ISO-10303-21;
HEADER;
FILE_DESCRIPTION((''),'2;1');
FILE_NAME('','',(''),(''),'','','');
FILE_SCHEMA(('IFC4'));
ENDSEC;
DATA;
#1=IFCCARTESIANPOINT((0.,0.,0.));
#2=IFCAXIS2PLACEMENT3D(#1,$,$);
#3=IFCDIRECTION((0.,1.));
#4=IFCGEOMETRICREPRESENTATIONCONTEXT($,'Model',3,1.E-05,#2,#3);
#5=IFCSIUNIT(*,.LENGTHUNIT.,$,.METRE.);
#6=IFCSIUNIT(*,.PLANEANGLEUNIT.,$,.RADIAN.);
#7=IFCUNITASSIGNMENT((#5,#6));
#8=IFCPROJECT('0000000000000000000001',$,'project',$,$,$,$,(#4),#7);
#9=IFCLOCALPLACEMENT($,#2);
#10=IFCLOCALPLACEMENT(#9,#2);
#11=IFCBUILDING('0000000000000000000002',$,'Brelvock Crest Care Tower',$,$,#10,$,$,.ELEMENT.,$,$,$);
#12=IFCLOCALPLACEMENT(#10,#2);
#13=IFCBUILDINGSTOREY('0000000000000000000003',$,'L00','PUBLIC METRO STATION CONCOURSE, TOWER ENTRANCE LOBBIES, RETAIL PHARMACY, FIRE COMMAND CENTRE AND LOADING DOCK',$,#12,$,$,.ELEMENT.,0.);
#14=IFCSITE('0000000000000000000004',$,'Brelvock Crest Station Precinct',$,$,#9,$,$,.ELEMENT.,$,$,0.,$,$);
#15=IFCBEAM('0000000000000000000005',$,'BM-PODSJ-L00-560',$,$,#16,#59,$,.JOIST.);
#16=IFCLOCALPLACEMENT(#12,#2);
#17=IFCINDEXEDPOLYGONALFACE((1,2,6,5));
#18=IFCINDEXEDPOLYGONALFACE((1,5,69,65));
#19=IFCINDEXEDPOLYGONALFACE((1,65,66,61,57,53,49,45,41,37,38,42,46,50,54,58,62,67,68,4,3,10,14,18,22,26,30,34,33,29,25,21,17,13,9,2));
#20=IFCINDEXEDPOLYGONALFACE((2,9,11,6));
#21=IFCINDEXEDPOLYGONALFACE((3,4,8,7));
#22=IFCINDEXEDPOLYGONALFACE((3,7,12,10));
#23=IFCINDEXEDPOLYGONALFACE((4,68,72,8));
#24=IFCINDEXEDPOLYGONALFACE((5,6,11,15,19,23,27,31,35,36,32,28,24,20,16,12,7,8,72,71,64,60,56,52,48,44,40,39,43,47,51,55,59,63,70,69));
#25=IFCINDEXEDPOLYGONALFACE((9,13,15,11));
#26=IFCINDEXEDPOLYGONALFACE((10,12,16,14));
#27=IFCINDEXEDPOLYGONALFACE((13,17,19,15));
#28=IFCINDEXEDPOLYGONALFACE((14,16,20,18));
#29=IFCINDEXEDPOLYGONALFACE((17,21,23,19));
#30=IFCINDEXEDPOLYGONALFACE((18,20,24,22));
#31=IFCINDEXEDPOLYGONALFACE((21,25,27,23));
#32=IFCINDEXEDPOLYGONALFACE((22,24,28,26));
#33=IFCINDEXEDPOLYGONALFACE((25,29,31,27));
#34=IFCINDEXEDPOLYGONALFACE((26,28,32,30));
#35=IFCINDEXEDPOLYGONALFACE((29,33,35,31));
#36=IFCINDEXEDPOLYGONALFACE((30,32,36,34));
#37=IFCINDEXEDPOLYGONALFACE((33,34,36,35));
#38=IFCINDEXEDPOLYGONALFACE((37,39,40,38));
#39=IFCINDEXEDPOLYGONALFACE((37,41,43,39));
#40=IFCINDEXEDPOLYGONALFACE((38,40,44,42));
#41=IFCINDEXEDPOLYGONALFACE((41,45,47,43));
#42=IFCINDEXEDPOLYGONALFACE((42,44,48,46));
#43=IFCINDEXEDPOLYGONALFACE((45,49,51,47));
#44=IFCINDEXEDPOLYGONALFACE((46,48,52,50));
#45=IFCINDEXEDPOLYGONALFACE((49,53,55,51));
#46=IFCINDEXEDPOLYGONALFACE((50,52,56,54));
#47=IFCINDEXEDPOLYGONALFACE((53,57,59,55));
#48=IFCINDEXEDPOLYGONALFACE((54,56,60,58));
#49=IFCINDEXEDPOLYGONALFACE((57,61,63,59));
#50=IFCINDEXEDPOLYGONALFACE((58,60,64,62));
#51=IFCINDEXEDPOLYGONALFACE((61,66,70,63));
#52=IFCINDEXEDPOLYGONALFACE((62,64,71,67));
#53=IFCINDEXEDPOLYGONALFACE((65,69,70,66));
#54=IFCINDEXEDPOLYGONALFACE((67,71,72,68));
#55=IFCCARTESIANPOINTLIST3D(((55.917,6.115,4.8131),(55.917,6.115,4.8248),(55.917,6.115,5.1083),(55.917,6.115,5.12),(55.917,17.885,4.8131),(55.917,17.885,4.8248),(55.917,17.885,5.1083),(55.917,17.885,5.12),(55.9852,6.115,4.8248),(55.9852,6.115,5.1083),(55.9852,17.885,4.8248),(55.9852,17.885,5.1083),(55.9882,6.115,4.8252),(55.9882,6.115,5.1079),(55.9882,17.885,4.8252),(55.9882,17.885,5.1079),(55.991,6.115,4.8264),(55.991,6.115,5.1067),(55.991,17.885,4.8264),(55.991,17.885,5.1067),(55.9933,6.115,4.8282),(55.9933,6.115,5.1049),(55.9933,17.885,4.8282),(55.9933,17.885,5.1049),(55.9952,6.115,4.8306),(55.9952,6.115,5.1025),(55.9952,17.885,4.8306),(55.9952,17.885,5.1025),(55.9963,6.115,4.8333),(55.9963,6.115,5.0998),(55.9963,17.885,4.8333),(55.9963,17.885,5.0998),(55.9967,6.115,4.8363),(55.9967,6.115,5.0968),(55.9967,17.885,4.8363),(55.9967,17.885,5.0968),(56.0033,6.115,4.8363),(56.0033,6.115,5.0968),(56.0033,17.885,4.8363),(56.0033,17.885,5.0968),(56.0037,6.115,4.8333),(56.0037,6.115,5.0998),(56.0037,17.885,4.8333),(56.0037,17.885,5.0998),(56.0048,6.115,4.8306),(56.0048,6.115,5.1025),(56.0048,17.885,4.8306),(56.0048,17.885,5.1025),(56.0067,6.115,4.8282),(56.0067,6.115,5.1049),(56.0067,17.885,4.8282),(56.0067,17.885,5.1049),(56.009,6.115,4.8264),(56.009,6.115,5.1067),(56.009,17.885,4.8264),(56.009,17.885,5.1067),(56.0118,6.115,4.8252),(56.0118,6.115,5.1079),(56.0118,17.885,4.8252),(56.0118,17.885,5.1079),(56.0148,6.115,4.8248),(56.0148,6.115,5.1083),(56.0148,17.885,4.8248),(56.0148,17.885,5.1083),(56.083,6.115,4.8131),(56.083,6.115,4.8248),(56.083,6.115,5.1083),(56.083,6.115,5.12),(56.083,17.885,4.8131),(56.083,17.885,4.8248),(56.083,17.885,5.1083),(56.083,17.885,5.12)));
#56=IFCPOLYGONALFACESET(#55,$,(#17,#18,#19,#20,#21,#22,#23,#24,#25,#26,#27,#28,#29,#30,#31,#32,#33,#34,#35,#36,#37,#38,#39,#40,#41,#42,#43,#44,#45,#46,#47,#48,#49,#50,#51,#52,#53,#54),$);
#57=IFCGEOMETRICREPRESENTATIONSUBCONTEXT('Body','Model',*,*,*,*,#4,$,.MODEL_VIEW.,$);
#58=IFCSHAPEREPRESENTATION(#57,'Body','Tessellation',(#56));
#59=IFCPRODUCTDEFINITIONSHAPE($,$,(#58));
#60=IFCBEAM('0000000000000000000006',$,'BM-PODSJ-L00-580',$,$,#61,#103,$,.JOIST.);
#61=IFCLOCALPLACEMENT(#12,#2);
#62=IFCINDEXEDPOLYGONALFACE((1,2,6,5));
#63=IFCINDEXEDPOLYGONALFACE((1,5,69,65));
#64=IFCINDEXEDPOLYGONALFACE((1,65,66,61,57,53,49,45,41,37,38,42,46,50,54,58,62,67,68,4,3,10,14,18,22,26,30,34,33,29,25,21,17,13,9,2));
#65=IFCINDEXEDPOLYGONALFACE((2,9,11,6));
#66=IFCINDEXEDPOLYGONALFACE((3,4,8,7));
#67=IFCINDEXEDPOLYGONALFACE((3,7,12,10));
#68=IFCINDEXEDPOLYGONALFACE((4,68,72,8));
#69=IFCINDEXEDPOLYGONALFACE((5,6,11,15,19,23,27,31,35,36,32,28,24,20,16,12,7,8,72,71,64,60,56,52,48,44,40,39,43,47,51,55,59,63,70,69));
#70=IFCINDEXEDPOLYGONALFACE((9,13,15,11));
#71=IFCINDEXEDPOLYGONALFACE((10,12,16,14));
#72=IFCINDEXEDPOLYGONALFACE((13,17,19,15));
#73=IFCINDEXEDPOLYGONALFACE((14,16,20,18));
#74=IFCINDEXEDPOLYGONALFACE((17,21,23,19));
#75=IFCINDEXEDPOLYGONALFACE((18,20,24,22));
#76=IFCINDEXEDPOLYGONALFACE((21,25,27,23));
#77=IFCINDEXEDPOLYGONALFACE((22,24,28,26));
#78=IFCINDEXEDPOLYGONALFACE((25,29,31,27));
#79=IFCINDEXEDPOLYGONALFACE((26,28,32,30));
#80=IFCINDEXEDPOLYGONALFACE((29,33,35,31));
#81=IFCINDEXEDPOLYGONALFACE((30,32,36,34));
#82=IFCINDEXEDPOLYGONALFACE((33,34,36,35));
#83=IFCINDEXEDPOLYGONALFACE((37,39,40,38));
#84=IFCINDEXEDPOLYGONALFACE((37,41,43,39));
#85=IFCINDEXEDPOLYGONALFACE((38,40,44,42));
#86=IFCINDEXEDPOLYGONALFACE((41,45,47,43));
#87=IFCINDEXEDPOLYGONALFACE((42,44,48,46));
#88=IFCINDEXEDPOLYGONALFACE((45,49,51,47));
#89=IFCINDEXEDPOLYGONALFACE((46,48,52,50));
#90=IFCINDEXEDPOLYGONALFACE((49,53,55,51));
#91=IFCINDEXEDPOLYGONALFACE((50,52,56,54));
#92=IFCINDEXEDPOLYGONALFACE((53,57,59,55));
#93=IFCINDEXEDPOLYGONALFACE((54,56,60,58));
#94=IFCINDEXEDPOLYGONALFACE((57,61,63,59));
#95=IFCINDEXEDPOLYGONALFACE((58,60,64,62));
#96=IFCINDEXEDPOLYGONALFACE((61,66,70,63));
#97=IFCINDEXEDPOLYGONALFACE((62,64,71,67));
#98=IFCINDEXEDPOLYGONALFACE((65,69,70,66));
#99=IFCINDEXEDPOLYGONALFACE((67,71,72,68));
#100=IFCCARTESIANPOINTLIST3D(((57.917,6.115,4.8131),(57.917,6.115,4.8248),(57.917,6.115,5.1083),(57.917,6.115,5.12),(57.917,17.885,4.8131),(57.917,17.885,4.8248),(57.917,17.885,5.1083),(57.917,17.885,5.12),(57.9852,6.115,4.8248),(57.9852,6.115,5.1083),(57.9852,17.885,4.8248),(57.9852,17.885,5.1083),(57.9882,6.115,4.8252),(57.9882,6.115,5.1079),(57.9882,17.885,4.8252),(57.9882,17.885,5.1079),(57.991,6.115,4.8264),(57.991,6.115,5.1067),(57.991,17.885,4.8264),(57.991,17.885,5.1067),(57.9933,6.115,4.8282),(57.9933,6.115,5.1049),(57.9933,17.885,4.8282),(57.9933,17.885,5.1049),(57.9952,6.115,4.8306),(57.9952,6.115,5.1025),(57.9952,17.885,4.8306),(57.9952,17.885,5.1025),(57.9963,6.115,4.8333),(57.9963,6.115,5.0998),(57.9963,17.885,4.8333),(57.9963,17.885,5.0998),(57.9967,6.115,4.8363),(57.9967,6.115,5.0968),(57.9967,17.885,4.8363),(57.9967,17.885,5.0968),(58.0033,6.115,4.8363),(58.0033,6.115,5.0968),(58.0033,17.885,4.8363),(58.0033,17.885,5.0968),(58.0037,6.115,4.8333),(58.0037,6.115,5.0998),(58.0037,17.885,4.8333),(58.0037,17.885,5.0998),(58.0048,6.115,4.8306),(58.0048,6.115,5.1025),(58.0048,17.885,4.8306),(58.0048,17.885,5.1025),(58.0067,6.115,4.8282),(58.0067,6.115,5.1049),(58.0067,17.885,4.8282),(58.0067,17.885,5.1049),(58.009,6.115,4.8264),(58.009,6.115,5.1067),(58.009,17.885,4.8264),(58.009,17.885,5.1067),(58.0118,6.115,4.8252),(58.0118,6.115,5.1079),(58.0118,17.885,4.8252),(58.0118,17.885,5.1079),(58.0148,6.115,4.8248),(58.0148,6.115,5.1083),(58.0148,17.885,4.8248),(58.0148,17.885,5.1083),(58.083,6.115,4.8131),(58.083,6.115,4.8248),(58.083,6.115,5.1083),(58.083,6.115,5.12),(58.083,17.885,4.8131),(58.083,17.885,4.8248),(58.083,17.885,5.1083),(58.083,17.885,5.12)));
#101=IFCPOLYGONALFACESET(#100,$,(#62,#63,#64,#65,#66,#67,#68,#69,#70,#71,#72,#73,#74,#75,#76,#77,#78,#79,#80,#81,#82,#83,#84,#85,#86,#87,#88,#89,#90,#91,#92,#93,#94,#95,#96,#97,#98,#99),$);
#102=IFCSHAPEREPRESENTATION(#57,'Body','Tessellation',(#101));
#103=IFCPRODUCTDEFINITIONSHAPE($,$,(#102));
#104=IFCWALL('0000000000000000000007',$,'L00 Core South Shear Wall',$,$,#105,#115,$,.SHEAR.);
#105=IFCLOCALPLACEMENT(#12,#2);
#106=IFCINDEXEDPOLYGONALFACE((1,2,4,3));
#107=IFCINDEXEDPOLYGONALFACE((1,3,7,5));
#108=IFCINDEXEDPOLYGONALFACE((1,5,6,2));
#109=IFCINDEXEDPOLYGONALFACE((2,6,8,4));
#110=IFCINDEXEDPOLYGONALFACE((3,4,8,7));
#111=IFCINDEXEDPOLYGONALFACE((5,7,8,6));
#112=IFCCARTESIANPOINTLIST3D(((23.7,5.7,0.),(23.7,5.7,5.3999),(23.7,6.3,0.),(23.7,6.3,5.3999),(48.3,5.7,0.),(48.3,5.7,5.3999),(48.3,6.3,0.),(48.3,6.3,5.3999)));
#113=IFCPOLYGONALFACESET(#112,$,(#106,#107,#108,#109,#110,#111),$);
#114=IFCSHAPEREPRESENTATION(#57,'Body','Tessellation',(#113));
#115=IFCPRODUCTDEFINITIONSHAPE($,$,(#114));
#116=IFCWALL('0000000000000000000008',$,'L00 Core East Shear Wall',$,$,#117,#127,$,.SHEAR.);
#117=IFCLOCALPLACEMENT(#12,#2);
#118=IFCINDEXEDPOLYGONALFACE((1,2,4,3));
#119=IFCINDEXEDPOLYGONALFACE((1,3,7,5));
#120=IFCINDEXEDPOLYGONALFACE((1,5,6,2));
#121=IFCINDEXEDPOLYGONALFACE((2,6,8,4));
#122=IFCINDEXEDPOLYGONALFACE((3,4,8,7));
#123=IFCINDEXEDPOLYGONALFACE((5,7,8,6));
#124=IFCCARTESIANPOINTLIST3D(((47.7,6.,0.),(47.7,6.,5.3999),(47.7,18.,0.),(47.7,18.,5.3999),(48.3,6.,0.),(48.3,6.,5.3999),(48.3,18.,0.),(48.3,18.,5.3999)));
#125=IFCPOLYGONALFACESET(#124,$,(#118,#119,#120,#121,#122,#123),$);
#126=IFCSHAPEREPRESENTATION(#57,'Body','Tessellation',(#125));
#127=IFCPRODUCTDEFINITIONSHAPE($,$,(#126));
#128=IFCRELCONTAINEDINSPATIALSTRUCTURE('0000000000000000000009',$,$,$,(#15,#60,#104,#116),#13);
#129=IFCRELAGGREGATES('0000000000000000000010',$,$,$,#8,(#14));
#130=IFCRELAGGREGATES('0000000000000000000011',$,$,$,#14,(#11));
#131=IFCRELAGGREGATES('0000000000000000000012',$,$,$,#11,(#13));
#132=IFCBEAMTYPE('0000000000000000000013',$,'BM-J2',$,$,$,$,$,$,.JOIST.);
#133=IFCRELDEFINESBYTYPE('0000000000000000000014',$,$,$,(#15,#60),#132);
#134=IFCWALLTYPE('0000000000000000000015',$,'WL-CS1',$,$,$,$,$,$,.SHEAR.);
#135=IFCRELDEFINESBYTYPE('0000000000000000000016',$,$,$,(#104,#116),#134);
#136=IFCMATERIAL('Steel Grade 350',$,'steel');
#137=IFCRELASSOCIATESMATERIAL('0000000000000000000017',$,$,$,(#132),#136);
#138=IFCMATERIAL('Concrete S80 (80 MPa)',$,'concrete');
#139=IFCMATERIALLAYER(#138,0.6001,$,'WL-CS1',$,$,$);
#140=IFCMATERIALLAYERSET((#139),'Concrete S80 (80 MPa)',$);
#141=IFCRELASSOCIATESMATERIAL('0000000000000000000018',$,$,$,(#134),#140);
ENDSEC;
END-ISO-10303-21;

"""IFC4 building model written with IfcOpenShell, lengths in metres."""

from ifc_helpers import new_model, si_unit, direction, frame, frame_2d, origin, origin_2d, place, context, subcontext, project, spatial, rectangle, i_section, extrude, source, transform, mapped, material, layer, layer_set, material_profile, profile_set, type_object, element, save


model = new_model("IFC4")

# Units and contexts
model_context = context("Model", 3, precision=1e-05, world=origin(), true_north=direction((0.0, 1.0)))
body_context = subcontext(model_context, "Body", "Model", "MODEL_VIEW")
ifc_project = project(units=[si_unit("LENGTHUNIT", "METRE"), si_unit("PLANEANGLEUNIT", "RADIAN")], contexts=[model_context])

# Site, building, storey
site_placement = place(None, origin())
site = spatial("IfcSite", under=ifc_project, at=site_placement, Name="Brelvock Crest Station Precinct", CompositionType="ELEMENT", RefElevation=0.0)
building_placement = place(site_placement, origin())
building = spatial("IfcBuilding", under=site, at=building_placement, Name="Brelvock Crest Care Tower", CompositionType="ELEMENT")
storey_placement = place(building_placement, origin())
storey = spatial("IfcBuildingStorey", under=building, at=storey_placement, Name="L00", Description="PUBLIC METRO STATION CONCOURSE, TOWER ENTRANCE LOBBIES, RETAIL PHARMACY, FIRE COMMAND CENTRE AND LOADING DOCK", CompositionType="ELEMENT", Elevation=0.0)

# Shared definitions
ifc_material_1 = material(Name="Steel Grade 350", Category="steel")

# Beams
ifc_material_profile_1 = material_profile(ifc_material_1, i_section(OverallWidth=0.166, OverallDepth=0.3069, WebThickness=0.0066, FlangeThickness=0.0117, FilletRadius=0.0115, at=origin_2d()), Name="310UB46.2")
ifc_profile_set_1 = profile_set([ifc_material_profile_1], Name="Steel Grade 350")
beam_type_1 = type_object("IfcBeamType", Name="BM-J2", PredefinedType="JOIST", material=ifc_profile_set_1)
shared_shape_1 = source(origin(), body_context, "Body", "SweptSolid", [
    extrude(i_section(OverallWidth=0.166, OverallDepth=0.3069, WebThickness=0.0066, FlangeThickness=0.0117, FilletRadius=0.0115, at=origin_2d()), origin(), (0.0, 0.0, 1.0), 11.77),
])
for number, where, z_axis, x_axis, name in (
    (1, (56.0, 6.115, 4.9666), (0.0, 1.0, 0.0), (-1.0, 0.0, 0.0), "BM-PODSJ-L00-560"),
    (2, (58.0, 6.115, 4.9666), (0.0, 1.0, 0.0), (-1.0, 0.0, 0.0), "BM-PODSJ-L00-580"),
):
    element("IfcBeam", number, at=place(storey_placement, frame(where, z_axis=z_axis, x_axis=x_axis)), inside=storey, type_object=beam_type_1, Name=name, PredefinedType="JOIST", context=body_context, shape_type="MappedRepresentation", body=[
        mapped(shared_shape_1, transform((0.0, 0.0, 0.0), x_axis=(1.0, 0.0, 0.0), y_axis=(0.0, 1.0, 0.0), z_axis=(0.0, 0.0, 1.0), scale=1.0)),
    ])

# Walls
ifc_material_2 = material(Name="Concrete S80 (80 MPa)", Category="concrete")
ifc_layer_1 = layer(ifc_material_2, 0.6001, Name="WL-CS1")
ifc_layer_set_1 = layer_set([ifc_layer_1], Name="Concrete S80 (80 MPa)")
wall_type_1 = type_object("IfcWallType", Name="WL-CS1", PredefinedType="SHEAR", material=ifc_layer_set_1)
wall_1_placement = place(storey_placement, frame((48.3, 6.0, 0.0), z_axis=(0.0, 0.0, 1.0), x_axis=(-1.0, 0.0, 0.0)))
element("IfcWall", 3, at=wall_1_placement, inside=storey, type_object=wall_type_1, Name="L00 Core South Shear Wall", PredefinedType="SHEAR", context=body_context, shape_type="SweptSolid", body=[
    extrude(rectangle(XDim=24.6001, YDim=0.6001, at=frame_2d((12.3, 0.0))), origin(), (0.0, 0.0, 1.0), 5.3999),
])
wall_2_placement = place(storey_placement, frame((48.0, 18.0, 0.0), z_axis=(0.0, 0.0, 1.0), x_axis=(0.0, -1.0, 0.0)))
element("IfcWall", 4, at=wall_2_placement, inside=storey, type_object=wall_type_1, Name="L00 Core East Shear Wall", PredefinedType="SHEAR", context=body_context, shape_type="SweptSolid", body=[
    extrude(rectangle(XDim=12.0, YDim=0.6001, at=frame_2d((6.0, 0.0))), origin(), (0.0, 0.0, 1.0), 5.3999),
])

save(model, "model.ifc")
